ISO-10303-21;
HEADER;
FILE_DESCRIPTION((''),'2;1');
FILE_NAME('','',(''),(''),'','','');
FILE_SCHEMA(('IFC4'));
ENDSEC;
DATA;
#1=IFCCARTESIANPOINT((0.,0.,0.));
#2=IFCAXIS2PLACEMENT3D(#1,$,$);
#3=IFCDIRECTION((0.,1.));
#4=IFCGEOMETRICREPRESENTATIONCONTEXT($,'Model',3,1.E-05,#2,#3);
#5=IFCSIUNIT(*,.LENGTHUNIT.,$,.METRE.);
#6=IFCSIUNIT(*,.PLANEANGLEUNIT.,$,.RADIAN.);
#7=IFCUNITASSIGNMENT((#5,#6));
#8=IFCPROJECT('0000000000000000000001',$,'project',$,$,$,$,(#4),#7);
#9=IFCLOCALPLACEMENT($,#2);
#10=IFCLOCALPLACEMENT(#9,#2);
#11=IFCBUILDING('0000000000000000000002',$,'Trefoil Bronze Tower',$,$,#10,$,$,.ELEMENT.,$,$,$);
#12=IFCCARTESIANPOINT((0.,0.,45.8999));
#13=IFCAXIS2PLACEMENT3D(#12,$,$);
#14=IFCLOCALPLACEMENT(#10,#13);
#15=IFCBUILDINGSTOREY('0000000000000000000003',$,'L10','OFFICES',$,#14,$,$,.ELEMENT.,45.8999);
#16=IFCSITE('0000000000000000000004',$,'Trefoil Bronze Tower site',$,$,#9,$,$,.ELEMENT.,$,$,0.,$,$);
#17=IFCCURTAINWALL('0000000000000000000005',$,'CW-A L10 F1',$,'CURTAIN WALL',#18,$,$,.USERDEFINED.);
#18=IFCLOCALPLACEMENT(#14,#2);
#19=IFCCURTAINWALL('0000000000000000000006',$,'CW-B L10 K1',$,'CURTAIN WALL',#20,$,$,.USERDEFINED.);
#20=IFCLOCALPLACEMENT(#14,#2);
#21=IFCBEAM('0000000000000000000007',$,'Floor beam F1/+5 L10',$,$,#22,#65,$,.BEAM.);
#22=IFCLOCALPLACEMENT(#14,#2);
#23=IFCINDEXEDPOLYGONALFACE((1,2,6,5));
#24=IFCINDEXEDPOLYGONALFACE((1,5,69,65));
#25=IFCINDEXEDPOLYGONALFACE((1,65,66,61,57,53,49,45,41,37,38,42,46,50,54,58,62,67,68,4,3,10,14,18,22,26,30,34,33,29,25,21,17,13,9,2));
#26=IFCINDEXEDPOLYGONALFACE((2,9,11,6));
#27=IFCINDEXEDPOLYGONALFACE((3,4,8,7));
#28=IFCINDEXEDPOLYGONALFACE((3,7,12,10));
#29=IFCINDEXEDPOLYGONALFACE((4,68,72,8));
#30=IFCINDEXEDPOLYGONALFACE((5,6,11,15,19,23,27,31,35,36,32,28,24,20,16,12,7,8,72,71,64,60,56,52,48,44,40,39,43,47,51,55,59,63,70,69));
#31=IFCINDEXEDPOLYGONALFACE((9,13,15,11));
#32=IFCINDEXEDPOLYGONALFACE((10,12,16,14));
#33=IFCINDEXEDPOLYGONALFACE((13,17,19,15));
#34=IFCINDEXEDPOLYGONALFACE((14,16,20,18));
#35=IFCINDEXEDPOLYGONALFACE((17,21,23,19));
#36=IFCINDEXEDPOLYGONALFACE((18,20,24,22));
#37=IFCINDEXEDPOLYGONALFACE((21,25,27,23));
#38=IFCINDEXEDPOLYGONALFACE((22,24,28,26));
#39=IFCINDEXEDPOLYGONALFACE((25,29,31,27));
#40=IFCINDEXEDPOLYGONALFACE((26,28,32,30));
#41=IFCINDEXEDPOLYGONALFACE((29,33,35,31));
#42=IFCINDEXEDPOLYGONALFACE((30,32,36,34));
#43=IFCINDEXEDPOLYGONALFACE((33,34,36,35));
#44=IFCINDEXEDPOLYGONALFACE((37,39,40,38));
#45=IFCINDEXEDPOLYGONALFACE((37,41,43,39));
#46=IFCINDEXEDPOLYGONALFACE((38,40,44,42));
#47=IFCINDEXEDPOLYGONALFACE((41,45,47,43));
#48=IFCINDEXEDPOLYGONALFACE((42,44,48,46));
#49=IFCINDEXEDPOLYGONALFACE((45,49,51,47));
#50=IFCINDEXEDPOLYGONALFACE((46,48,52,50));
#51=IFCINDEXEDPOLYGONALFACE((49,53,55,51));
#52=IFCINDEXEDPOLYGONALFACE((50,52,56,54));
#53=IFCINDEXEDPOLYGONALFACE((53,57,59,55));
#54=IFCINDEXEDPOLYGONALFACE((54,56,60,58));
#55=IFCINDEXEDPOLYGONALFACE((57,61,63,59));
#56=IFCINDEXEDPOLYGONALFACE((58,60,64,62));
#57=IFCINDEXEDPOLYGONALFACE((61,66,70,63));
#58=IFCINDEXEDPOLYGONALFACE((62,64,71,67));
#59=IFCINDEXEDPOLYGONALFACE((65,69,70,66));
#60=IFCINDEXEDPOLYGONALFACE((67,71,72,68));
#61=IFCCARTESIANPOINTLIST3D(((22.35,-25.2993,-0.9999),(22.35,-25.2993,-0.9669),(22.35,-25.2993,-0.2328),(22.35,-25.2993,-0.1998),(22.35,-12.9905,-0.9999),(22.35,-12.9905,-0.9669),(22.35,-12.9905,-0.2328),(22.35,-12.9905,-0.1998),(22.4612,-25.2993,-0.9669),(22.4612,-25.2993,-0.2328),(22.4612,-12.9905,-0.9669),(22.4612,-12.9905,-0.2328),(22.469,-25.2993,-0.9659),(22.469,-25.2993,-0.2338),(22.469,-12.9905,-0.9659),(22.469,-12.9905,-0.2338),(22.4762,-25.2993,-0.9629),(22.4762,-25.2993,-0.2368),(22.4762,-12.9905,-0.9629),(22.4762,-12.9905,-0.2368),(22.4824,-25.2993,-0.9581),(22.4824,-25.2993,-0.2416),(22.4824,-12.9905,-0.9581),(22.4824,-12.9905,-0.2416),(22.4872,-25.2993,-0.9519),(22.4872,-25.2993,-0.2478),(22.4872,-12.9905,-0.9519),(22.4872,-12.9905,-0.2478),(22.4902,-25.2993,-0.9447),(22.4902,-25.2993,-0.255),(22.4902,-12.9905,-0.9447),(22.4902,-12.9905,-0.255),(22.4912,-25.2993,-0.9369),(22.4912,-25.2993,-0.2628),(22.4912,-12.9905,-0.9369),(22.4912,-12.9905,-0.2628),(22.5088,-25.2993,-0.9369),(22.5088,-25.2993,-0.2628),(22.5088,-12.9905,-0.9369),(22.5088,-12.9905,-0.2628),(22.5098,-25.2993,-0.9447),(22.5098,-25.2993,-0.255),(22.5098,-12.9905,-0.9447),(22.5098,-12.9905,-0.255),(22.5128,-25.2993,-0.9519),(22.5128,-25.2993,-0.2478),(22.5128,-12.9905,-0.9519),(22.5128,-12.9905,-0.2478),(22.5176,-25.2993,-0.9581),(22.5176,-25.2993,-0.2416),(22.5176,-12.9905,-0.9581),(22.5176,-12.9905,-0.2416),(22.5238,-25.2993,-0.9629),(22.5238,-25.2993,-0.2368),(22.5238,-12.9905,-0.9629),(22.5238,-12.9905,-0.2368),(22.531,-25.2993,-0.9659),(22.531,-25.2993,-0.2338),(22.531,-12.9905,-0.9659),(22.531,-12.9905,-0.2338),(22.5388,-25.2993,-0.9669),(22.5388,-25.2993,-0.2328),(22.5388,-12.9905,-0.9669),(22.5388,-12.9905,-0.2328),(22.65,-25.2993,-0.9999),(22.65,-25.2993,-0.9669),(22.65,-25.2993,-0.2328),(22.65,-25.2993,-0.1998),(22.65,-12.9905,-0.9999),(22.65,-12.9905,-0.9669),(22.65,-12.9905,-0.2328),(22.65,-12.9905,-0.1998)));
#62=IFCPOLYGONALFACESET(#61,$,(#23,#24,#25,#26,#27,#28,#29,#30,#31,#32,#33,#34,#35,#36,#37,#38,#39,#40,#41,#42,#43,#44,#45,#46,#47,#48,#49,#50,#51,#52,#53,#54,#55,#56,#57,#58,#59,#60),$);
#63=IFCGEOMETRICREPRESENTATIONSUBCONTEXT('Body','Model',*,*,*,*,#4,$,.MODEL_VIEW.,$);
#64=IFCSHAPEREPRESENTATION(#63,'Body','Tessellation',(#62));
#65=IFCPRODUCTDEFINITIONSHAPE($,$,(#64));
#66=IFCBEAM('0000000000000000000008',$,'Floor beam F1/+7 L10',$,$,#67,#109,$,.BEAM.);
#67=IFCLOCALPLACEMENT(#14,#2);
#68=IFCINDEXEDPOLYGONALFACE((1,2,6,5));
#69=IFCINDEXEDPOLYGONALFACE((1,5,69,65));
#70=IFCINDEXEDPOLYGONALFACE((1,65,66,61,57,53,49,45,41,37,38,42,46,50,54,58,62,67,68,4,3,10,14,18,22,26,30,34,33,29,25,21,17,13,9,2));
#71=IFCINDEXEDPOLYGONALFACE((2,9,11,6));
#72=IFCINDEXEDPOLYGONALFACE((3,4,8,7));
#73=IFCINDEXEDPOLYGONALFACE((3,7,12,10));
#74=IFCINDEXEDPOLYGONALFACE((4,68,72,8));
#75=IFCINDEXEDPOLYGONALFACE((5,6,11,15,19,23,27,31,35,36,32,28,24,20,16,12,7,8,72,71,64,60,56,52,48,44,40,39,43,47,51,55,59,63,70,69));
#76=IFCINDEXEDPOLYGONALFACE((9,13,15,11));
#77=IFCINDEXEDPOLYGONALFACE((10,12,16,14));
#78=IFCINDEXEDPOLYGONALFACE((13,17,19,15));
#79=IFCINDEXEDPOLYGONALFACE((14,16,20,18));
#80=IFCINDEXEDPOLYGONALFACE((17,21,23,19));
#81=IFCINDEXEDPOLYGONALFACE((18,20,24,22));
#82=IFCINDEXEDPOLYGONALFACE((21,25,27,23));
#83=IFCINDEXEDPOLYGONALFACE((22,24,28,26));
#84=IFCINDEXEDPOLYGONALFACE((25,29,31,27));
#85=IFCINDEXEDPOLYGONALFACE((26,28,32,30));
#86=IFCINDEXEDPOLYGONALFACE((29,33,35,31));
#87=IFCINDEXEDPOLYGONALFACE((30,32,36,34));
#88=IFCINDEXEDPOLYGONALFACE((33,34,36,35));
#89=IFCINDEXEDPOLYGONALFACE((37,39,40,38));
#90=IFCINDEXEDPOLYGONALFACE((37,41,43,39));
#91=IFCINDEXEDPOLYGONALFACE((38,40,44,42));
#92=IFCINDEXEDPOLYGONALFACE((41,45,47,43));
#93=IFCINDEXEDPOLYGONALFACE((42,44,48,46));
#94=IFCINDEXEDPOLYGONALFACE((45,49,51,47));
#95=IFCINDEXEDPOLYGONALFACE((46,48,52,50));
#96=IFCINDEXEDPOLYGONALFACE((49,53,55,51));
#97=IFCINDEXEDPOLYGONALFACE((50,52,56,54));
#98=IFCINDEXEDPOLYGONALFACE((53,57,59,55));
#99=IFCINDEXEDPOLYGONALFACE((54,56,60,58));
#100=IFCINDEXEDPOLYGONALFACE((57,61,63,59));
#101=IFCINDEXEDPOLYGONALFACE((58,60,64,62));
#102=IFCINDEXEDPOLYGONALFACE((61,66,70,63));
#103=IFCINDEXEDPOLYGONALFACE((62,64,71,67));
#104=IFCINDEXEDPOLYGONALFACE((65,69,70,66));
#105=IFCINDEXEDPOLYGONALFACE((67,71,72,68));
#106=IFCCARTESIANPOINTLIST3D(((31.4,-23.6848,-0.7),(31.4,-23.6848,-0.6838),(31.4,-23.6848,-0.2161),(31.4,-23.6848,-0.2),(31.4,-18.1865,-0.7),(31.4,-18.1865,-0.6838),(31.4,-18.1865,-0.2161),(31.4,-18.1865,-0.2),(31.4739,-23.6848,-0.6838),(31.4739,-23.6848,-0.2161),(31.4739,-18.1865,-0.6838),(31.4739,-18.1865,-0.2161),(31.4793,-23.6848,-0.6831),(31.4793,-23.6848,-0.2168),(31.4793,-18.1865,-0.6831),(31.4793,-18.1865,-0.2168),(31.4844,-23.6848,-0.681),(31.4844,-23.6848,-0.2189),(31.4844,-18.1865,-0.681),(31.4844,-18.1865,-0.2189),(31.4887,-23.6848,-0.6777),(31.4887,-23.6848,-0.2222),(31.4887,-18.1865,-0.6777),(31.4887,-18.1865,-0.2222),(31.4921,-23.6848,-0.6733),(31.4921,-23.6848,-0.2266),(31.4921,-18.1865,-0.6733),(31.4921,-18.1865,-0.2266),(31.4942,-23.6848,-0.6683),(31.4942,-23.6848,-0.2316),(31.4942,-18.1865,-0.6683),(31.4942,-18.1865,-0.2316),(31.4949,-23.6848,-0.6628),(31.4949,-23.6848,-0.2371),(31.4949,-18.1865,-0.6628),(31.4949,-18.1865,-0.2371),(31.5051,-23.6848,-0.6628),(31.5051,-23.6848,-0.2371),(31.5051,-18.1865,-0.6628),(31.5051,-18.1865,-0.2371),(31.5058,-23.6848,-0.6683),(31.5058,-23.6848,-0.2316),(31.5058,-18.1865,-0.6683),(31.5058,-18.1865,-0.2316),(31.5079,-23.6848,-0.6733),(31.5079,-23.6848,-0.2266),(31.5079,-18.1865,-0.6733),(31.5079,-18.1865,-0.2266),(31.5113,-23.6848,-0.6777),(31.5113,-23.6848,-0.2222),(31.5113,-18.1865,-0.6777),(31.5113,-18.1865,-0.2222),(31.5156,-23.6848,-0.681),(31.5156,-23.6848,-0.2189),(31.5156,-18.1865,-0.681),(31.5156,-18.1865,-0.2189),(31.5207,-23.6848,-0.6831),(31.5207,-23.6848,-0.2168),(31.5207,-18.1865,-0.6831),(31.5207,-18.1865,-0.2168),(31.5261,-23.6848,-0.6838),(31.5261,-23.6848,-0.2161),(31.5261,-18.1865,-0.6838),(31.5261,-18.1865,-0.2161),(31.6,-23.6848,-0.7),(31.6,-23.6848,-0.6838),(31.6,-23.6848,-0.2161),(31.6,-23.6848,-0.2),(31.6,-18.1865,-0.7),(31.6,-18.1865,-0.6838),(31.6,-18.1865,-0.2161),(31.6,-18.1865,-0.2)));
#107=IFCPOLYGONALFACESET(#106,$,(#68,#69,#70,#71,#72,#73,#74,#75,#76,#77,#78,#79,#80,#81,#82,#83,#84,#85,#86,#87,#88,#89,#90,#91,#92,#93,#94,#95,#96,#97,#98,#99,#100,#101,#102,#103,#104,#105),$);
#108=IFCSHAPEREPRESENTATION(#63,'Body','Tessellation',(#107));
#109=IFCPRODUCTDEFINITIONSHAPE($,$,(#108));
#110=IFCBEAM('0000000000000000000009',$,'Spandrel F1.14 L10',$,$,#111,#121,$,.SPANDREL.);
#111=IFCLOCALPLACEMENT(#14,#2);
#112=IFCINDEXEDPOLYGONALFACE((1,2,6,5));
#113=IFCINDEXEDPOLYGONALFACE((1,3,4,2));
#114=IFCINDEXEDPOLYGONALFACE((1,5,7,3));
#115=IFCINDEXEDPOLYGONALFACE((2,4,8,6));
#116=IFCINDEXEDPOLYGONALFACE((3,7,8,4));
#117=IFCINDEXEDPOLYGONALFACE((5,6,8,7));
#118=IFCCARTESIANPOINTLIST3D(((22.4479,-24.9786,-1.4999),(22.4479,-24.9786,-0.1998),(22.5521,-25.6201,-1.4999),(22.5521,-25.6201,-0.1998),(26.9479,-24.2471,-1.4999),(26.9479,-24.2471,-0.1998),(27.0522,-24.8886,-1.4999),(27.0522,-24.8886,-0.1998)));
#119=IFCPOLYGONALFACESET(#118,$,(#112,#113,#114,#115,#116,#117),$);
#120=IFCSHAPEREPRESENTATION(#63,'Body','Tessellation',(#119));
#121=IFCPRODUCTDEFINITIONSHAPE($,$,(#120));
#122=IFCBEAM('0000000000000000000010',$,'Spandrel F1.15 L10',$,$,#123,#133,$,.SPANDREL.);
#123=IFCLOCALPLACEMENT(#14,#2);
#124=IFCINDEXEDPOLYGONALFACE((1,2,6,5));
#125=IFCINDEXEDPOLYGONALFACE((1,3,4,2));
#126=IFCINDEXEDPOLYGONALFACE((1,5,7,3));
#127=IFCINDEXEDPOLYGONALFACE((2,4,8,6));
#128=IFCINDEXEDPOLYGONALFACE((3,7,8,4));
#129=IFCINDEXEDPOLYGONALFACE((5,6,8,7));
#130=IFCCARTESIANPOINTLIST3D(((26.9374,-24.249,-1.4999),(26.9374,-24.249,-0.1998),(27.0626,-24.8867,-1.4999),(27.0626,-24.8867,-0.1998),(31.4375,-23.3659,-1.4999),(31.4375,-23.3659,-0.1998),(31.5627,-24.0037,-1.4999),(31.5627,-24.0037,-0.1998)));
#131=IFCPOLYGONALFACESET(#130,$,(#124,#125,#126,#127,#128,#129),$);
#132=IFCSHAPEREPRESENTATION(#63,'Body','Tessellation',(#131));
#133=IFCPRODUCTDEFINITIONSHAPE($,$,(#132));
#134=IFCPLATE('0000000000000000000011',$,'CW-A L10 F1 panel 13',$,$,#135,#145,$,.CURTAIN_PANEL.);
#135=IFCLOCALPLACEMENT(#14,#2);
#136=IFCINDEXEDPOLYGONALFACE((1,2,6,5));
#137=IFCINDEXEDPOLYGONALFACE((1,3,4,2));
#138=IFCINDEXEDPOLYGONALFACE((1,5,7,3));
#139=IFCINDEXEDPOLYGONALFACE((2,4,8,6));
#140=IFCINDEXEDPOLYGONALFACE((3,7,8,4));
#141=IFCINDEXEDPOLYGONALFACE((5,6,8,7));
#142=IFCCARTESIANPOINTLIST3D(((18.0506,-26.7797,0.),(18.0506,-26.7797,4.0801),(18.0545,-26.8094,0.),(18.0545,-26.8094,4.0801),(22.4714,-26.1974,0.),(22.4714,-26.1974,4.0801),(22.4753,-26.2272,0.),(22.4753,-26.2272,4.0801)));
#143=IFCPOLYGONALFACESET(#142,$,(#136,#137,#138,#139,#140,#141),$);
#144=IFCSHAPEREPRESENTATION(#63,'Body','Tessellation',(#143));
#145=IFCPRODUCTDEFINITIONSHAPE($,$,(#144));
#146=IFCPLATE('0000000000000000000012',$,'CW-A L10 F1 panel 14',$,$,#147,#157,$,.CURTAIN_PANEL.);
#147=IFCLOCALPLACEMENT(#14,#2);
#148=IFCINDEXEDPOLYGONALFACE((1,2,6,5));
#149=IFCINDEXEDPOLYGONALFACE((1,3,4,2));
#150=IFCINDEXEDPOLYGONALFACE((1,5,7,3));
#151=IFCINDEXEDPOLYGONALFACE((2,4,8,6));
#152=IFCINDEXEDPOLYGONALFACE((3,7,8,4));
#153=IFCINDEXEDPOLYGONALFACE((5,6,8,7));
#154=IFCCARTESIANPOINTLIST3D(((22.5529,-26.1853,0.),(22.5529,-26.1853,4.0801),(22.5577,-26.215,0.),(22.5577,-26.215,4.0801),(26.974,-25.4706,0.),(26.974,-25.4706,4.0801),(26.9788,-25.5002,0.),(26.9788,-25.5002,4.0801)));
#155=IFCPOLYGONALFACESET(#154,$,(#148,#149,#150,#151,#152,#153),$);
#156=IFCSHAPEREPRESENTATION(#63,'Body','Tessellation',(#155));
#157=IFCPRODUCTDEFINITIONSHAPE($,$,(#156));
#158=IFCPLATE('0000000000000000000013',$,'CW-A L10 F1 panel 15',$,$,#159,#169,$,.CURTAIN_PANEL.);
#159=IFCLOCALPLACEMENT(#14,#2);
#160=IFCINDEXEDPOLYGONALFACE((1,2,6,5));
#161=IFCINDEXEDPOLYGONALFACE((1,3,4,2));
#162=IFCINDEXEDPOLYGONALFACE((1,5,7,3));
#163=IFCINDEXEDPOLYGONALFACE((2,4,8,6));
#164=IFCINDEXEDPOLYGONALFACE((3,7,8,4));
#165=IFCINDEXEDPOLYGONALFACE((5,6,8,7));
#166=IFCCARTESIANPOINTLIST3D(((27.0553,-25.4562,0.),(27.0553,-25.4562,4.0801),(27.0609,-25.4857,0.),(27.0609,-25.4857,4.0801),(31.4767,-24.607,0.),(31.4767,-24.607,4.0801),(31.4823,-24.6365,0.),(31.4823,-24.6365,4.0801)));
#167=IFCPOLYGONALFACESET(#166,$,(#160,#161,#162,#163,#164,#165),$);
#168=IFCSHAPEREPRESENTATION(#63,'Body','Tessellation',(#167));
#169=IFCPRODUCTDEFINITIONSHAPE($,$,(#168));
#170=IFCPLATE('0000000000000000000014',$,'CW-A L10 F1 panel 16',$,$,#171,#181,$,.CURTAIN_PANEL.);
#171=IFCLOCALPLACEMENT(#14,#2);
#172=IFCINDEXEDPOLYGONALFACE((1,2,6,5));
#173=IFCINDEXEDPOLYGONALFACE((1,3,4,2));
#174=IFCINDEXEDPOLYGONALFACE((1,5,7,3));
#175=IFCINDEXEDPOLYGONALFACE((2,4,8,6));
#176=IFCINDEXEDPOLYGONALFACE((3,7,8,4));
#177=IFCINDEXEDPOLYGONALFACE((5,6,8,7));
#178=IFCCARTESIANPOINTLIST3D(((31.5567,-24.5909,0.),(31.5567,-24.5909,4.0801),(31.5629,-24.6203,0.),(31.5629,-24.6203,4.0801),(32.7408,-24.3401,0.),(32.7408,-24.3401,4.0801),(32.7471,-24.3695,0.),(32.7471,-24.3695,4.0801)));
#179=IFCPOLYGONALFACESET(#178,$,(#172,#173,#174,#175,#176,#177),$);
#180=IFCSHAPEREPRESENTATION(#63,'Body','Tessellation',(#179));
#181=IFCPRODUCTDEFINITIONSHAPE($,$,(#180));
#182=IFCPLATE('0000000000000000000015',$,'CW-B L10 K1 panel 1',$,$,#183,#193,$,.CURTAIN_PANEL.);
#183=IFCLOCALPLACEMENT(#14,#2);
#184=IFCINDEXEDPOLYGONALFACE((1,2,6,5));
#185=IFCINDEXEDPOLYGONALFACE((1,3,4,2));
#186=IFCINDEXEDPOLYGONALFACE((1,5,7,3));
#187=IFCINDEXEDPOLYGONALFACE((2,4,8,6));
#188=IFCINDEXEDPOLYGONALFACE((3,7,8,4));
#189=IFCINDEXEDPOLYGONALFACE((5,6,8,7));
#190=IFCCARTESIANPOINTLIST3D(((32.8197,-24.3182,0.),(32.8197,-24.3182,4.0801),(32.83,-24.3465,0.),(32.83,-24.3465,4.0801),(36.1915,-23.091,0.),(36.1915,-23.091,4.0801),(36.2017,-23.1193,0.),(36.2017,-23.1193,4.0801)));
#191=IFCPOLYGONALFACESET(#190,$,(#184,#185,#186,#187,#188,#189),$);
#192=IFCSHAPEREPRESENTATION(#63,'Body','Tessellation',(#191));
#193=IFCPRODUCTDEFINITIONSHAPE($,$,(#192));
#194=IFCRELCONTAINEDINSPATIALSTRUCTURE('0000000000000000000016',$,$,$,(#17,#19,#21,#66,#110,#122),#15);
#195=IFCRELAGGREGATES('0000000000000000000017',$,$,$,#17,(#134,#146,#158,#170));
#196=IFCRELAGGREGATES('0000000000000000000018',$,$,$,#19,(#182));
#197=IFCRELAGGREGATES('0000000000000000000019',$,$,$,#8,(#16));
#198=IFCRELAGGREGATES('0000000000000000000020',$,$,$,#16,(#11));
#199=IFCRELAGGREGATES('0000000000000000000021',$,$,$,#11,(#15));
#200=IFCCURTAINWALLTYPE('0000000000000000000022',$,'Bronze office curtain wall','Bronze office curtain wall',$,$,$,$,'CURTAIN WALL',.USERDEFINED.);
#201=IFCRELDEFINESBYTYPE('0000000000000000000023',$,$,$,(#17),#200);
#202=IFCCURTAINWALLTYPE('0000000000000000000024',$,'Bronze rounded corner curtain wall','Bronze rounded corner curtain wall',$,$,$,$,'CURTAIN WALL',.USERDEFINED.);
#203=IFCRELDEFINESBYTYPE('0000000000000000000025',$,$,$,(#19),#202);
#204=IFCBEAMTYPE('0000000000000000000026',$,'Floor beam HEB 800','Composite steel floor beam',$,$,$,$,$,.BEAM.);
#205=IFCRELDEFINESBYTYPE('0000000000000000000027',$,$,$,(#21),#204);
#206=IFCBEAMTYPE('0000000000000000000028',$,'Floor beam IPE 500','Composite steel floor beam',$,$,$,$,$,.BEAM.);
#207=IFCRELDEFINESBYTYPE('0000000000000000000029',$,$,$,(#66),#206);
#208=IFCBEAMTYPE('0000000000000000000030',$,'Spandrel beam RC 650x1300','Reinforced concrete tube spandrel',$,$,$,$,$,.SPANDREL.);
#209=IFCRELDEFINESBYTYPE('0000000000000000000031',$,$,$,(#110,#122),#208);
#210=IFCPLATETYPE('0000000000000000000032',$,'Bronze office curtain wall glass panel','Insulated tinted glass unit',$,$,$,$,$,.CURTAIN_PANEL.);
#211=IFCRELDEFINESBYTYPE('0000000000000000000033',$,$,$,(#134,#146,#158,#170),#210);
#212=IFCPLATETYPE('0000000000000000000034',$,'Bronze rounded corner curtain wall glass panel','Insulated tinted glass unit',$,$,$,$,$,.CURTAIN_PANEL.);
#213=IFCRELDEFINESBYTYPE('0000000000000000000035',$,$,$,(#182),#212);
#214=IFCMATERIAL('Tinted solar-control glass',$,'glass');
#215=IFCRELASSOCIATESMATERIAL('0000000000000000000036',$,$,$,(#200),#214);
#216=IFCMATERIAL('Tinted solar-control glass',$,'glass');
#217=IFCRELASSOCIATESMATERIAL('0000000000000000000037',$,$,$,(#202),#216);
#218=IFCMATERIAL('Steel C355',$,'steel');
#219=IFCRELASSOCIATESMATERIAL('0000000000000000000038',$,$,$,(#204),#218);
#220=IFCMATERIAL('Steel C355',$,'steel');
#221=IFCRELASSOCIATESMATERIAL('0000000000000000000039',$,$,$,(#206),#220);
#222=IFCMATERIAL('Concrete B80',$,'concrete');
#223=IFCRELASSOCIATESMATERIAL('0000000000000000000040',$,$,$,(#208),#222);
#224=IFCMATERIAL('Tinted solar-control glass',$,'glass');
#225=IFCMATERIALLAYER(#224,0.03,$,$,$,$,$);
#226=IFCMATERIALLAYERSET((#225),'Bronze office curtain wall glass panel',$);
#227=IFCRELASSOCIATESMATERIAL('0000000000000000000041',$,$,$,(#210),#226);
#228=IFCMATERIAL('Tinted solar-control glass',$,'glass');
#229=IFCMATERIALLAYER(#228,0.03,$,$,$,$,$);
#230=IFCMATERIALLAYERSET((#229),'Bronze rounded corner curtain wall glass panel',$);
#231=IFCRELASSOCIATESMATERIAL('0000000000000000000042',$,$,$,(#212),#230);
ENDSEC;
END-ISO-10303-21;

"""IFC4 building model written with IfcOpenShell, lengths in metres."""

from ifc_helpers import new_model, si_unit, direction, frame, origin, origin_2d, place, context, subcontext, project, spatial, rectangle, i_section, extrude, material, layer, layer_set, material_profile, profile_set, type_object, element, aggregate, save


model = new_model("IFC4")

# Units and contexts
model_context = context("Model", 3, precision=1e-05, world=origin(), true_north=direction((0.0, 1.0)))
body_context = subcontext(model_context, "Body", "Model", "MODEL_VIEW")
ifc_project = project(units=[si_unit("LENGTHUNIT", "METRE"), si_unit("PLANEANGLEUNIT", "RADIAN")], contexts=[model_context])

# Site, building, storey
site_placement = place(None, origin())
site = spatial("IfcSite", under=ifc_project, at=site_placement, Name="Trefoil Bronze Tower site", CompositionType="ELEMENT", RefElevation=0.0)
building_placement = place(site_placement, origin())
building = spatial("IfcBuilding", under=site, at=building_placement, Name="Trefoil Bronze Tower", CompositionType="ELEMENT")
storey_placement = place(building_placement, frame((0.0, 0.0, 45.8999)))
storey = spatial("IfcBuildingStorey", under=building, at=storey_placement, Name="L10", Description="OFFICES", CompositionType="ELEMENT", Elevation=45.8999)

# Curtain walls
ifc_material_1 = material(Name="Tinted solar-control glass", Category="glass")
curtain_wall_type_1 = type_object("IfcCurtainWallType", Name="Bronze office curtain wall", Description="Bronze office curtain wall", ElementType="CURTAIN WALL", PredefinedType="USERDEFINED", material=ifc_material_1)
curtain_wall_1_placement = place(storey_placement, origin())
curtain_wall_1 = element("IfcCurtainWall", 1, at=curtain_wall_1_placement, inside=storey, type_object=curtain_wall_type_1, Name="CW-A L10 F1", ObjectType="CURTAIN WALL", PredefinedType="USERDEFINED")
ifc_material_2 = material(Name="Tinted solar-control glass", Category="glass")
curtain_wall_type_2 = type_object("IfcCurtainWallType", Name="Bronze rounded corner curtain wall", Description="Bronze rounded corner curtain wall", ElementType="CURTAIN WALL", PredefinedType="USERDEFINED", material=ifc_material_2)
curtain_wall_2_placement = place(storey_placement, origin())
curtain_wall_2 = element("IfcCurtainWall", 2, at=curtain_wall_2_placement, inside=storey, type_object=curtain_wall_type_2, Name="CW-B L10 K1", ObjectType="CURTAIN WALL", PredefinedType="USERDEFINED")

# Beams
ifc_material_3 = material(Name="Steel C355", Category="steel")
ifc_material_profile_1 = material_profile(ifc_material_3, i_section(OverallWidth=0.3, OverallDepth=0.8, WebThickness=0.0176, FlangeThickness=0.033, FilletRadius=0.03, at=origin_2d()), Name="HEB 800")
ifc_profile_set_1 = profile_set([ifc_material_profile_1], Name="Steel C355")
beam_type_1 = type_object("IfcBeamType", Name="Floor beam HEB 800", Description="Composite steel floor beam", PredefinedType="BEAM", material=ifc_profile_set_1)
beam_1_placement = place(storey_placement, frame((22.5, -25.2993, -0.5999), z_axis=(0.0, 1.0, 0.0), x_axis=(-1.0, 0.0, 0.0)))
element("IfcBeam", 3, at=beam_1_placement, inside=storey, type_object=beam_type_1, Name="Floor beam F1/+5 L10", PredefinedType="BEAM", context=body_context, shape_type="SweptSolid", body=[
    extrude(i_section(OverallWidth=0.3, OverallDepth=0.8, WebThickness=0.0176, FlangeThickness=0.033, FilletRadius=0.03, at=origin_2d()), origin(), (0.0, 0.0, 1.0), 12.3088),
])
ifc_material_4 = material(Name="Steel C355", Category="steel")
ifc_material_profile_2 = material_profile(ifc_material_4, i_section(OverallWidth=0.2, OverallDepth=0.5, WebThickness=0.0103, FlangeThickness=0.0161, FilletRadius=0.021, at=origin_2d()), Name="IPE 500")
ifc_profile_set_2 = profile_set([ifc_material_profile_2], Name="Steel C355")
beam_type_2 = type_object("IfcBeamType", Name="Floor beam IPE 500", Description="Composite steel floor beam", PredefinedType="BEAM", material=ifc_profile_set_2)
beam_2_placement = place(storey_placement, frame((31.5, -23.6848, -0.45), z_axis=(0.0, 1.0, 0.0), x_axis=(-1.0, 0.0, 0.0)))
element("IfcBeam", 4, at=beam_2_placement, inside=storey, type_object=beam_type_2, Name="Floor beam F1/+7 L10", PredefinedType="BEAM", context=body_context, shape_type="SweptSolid", body=[
    extrude(i_section(OverallWidth=0.2, OverallDepth=0.5, WebThickness=0.0103, FlangeThickness=0.0161, FilletRadius=0.021, at=origin_2d()), origin(), (0.0, 0.0, 1.0), 5.4983),
])
ifc_material_5 = material(Name="Concrete B80", Category="concrete")
ifc_material_profile_3 = material_profile(ifc_material_5, rectangle(XDim=0.6499, YDim=1.3, at=origin_2d()), Name="RC 650x1300")
ifc_profile_set_3 = profile_set([ifc_material_profile_3], Name="Concrete B80")
beam_type_3 = type_object("IfcBeamType", Name="Spandrel beam RC 650x1300", Description="Reinforced concrete tube spandrel", PredefinedType="SPANDREL", material=ifc_profile_set_3)
beam_3_placement = place(storey_placement, frame((22.5, -25.2993, -0.8499), z_axis=(0.987046, 0.160438, 0.0), x_axis=(-0.160438, 0.987046, 0.0)))
element("IfcBeam", 5, at=beam_3_placement, inside=storey, type_object=beam_type_3, Name="Spandrel F1.14 L10", PredefinedType="SPANDREL", context=body_context, shape_type="SweptSolid", body=[
    extrude(rectangle(XDim=0.6499, YDim=1.3, at=origin_2d()), origin(), (0.0, 0.0, 1.0), 4.5591),
])
beam_4_placement = place(storey_placement, frame((27.0, -24.5679, -0.8499), z_axis=(0.981285, 0.192562, 0.0), x_axis=(-0.192562, 0.981285, 0.0)))
element("IfcBeam", 6, at=beam_4_placement, inside=storey, type_object=beam_type_3, Name="Spandrel F1.15 L10", PredefinedType="SPANDREL", context=body_context, shape_type="SweptSolid", body=[
    extrude(rectangle(XDim=0.6499, YDim=1.3, at=origin_2d()), origin(), (0.0, 0.0, 1.0), 4.5859),
])

# Plates
ifc_material_6 = material(Name="Tinted solar-control glass", Category="glass")
ifc_layer_1 = layer(ifc_material_6, 0.03)
ifc_layer_set_1 = layer_set([ifc_layer_1], Name="Bronze office curtain wall glass panel")
plate_type_1 = type_object("IfcPlateType", Name="Bronze office curtain wall glass panel", Description="Insulated tinted glass unit", PredefinedType="CURTAIN_PANEL", material=ifc_layer_set_1)
plate_1_placement = place(storey_placement, frame((20.2629, -26.5034, 0.0), z_axis=(0.0, 0.0, 1.0), x_axis=(0.991437, 0.130584, 0.0)))
plate_1 = element("IfcPlate", 7, at=plate_1_placement, type_object=plate_type_1, Name="CW-A L10 F1 panel 13", PredefinedType="CURTAIN_PANEL", context=body_context, shape_type="SweptSolid", body=[
    extrude(rectangle(XDim=4.459, YDim=0.03, at=origin_2d()), origin(), (0.0, 0.0, 1.0), 4.0801),
])
plate_2_placement = place(storey_placement, frame((24.7659, -25.8428, 0.0), z_axis=(0.0, 0.0, 1.0), x_axis=(0.987181, 0.159603, 0.0)))
plate_2 = element("IfcPlate", 8, at=plate_2_placement, type_object=plate_type_1, Name="CW-A L10 F1 panel 14", PredefinedType="CURTAIN_PANEL", context=body_context, shape_type="SweptSolid", body=[
    extrude(rectangle(XDim=4.4785, YDim=0.03, at=origin_2d()), origin(), (0.0, 0.0, 1.0), 4.0801),
])
plate_3_placement = place(storey_placement, frame((29.2688, -25.0464, 0.0), z_axis=(0.0, 0.0, 1.0), x_axis=(0.98205, 0.188622, 0.0)))
plate_3 = element("IfcPlate", 9, at=plate_3_placement, type_object=plate_type_1, Name="CW-A L10 F1 panel 15", PredefinedType="CURTAIN_PANEL", context=body_context, shape_type="SweptSolid", body=[
    extrude(rectangle(XDim=4.5022, YDim=0.03, at=origin_2d()), origin(), (0.0, 0.0, 1.0), 4.0801),
])
plate_4_placement = place(storey_placement, frame((32.1519, -24.4802, 0.0), z_axis=(0.0, 0.0, 1.0), x_axis=(0.978303, 0.207181, 0.0)))
plate_4 = element("IfcPlate", 10, at=plate_4_placement, type_object=plate_type_1, Name="CW-A L10 F1 panel 16", PredefinedType="CURTAIN_PANEL", context=body_context, shape_type="SweptSolid", body=[
    extrude(rectangle(XDim=1.2104, YDim=0.03, at=origin_2d()), origin(), (0.0, 0.0, 1.0), 4.0801),
])
aggregate(curtain_wall_1, [plate_1, plate_2, plate_3, plate_4])
ifc_material_7 = material(Name="Tinted solar-control glass", Category="glass")
ifc_layer_2 = layer(ifc_material_7, 0.03)
ifc_layer_set_2 = layer_set([ifc_layer_2], Name="Bronze rounded corner curtain wall glass panel")
plate_type_2 = type_object("IfcPlateType", Name="Bronze rounded corner curtain wall glass panel", Description="Insulated tinted glass unit", PredefinedType="CURTAIN_PANEL", material=ifc_layer_set_2)
plate_5_placement = place(storey_placement, frame((34.5107, -23.7188, 0.0), z_axis=(0.0, 0.0, 1.0), x_axis=(0.939693, 0.34202, 0.0)))
plate_5 = element("IfcPlate", 11, at=plate_5_placement, type_object=plate_type_2, Name="CW-B L10 K1 panel 1", PredefinedType="CURTAIN_PANEL", context=body_context, shape_type="SweptSolid", body=[
    extrude(rectangle(XDim=3.5881, YDim=0.03, at=origin_2d()), origin(), (0.0, 0.0, 1.0), 4.0801),
])
aggregate(curtain_wall_2, [plate_5])

save(model, "model.ifc")
